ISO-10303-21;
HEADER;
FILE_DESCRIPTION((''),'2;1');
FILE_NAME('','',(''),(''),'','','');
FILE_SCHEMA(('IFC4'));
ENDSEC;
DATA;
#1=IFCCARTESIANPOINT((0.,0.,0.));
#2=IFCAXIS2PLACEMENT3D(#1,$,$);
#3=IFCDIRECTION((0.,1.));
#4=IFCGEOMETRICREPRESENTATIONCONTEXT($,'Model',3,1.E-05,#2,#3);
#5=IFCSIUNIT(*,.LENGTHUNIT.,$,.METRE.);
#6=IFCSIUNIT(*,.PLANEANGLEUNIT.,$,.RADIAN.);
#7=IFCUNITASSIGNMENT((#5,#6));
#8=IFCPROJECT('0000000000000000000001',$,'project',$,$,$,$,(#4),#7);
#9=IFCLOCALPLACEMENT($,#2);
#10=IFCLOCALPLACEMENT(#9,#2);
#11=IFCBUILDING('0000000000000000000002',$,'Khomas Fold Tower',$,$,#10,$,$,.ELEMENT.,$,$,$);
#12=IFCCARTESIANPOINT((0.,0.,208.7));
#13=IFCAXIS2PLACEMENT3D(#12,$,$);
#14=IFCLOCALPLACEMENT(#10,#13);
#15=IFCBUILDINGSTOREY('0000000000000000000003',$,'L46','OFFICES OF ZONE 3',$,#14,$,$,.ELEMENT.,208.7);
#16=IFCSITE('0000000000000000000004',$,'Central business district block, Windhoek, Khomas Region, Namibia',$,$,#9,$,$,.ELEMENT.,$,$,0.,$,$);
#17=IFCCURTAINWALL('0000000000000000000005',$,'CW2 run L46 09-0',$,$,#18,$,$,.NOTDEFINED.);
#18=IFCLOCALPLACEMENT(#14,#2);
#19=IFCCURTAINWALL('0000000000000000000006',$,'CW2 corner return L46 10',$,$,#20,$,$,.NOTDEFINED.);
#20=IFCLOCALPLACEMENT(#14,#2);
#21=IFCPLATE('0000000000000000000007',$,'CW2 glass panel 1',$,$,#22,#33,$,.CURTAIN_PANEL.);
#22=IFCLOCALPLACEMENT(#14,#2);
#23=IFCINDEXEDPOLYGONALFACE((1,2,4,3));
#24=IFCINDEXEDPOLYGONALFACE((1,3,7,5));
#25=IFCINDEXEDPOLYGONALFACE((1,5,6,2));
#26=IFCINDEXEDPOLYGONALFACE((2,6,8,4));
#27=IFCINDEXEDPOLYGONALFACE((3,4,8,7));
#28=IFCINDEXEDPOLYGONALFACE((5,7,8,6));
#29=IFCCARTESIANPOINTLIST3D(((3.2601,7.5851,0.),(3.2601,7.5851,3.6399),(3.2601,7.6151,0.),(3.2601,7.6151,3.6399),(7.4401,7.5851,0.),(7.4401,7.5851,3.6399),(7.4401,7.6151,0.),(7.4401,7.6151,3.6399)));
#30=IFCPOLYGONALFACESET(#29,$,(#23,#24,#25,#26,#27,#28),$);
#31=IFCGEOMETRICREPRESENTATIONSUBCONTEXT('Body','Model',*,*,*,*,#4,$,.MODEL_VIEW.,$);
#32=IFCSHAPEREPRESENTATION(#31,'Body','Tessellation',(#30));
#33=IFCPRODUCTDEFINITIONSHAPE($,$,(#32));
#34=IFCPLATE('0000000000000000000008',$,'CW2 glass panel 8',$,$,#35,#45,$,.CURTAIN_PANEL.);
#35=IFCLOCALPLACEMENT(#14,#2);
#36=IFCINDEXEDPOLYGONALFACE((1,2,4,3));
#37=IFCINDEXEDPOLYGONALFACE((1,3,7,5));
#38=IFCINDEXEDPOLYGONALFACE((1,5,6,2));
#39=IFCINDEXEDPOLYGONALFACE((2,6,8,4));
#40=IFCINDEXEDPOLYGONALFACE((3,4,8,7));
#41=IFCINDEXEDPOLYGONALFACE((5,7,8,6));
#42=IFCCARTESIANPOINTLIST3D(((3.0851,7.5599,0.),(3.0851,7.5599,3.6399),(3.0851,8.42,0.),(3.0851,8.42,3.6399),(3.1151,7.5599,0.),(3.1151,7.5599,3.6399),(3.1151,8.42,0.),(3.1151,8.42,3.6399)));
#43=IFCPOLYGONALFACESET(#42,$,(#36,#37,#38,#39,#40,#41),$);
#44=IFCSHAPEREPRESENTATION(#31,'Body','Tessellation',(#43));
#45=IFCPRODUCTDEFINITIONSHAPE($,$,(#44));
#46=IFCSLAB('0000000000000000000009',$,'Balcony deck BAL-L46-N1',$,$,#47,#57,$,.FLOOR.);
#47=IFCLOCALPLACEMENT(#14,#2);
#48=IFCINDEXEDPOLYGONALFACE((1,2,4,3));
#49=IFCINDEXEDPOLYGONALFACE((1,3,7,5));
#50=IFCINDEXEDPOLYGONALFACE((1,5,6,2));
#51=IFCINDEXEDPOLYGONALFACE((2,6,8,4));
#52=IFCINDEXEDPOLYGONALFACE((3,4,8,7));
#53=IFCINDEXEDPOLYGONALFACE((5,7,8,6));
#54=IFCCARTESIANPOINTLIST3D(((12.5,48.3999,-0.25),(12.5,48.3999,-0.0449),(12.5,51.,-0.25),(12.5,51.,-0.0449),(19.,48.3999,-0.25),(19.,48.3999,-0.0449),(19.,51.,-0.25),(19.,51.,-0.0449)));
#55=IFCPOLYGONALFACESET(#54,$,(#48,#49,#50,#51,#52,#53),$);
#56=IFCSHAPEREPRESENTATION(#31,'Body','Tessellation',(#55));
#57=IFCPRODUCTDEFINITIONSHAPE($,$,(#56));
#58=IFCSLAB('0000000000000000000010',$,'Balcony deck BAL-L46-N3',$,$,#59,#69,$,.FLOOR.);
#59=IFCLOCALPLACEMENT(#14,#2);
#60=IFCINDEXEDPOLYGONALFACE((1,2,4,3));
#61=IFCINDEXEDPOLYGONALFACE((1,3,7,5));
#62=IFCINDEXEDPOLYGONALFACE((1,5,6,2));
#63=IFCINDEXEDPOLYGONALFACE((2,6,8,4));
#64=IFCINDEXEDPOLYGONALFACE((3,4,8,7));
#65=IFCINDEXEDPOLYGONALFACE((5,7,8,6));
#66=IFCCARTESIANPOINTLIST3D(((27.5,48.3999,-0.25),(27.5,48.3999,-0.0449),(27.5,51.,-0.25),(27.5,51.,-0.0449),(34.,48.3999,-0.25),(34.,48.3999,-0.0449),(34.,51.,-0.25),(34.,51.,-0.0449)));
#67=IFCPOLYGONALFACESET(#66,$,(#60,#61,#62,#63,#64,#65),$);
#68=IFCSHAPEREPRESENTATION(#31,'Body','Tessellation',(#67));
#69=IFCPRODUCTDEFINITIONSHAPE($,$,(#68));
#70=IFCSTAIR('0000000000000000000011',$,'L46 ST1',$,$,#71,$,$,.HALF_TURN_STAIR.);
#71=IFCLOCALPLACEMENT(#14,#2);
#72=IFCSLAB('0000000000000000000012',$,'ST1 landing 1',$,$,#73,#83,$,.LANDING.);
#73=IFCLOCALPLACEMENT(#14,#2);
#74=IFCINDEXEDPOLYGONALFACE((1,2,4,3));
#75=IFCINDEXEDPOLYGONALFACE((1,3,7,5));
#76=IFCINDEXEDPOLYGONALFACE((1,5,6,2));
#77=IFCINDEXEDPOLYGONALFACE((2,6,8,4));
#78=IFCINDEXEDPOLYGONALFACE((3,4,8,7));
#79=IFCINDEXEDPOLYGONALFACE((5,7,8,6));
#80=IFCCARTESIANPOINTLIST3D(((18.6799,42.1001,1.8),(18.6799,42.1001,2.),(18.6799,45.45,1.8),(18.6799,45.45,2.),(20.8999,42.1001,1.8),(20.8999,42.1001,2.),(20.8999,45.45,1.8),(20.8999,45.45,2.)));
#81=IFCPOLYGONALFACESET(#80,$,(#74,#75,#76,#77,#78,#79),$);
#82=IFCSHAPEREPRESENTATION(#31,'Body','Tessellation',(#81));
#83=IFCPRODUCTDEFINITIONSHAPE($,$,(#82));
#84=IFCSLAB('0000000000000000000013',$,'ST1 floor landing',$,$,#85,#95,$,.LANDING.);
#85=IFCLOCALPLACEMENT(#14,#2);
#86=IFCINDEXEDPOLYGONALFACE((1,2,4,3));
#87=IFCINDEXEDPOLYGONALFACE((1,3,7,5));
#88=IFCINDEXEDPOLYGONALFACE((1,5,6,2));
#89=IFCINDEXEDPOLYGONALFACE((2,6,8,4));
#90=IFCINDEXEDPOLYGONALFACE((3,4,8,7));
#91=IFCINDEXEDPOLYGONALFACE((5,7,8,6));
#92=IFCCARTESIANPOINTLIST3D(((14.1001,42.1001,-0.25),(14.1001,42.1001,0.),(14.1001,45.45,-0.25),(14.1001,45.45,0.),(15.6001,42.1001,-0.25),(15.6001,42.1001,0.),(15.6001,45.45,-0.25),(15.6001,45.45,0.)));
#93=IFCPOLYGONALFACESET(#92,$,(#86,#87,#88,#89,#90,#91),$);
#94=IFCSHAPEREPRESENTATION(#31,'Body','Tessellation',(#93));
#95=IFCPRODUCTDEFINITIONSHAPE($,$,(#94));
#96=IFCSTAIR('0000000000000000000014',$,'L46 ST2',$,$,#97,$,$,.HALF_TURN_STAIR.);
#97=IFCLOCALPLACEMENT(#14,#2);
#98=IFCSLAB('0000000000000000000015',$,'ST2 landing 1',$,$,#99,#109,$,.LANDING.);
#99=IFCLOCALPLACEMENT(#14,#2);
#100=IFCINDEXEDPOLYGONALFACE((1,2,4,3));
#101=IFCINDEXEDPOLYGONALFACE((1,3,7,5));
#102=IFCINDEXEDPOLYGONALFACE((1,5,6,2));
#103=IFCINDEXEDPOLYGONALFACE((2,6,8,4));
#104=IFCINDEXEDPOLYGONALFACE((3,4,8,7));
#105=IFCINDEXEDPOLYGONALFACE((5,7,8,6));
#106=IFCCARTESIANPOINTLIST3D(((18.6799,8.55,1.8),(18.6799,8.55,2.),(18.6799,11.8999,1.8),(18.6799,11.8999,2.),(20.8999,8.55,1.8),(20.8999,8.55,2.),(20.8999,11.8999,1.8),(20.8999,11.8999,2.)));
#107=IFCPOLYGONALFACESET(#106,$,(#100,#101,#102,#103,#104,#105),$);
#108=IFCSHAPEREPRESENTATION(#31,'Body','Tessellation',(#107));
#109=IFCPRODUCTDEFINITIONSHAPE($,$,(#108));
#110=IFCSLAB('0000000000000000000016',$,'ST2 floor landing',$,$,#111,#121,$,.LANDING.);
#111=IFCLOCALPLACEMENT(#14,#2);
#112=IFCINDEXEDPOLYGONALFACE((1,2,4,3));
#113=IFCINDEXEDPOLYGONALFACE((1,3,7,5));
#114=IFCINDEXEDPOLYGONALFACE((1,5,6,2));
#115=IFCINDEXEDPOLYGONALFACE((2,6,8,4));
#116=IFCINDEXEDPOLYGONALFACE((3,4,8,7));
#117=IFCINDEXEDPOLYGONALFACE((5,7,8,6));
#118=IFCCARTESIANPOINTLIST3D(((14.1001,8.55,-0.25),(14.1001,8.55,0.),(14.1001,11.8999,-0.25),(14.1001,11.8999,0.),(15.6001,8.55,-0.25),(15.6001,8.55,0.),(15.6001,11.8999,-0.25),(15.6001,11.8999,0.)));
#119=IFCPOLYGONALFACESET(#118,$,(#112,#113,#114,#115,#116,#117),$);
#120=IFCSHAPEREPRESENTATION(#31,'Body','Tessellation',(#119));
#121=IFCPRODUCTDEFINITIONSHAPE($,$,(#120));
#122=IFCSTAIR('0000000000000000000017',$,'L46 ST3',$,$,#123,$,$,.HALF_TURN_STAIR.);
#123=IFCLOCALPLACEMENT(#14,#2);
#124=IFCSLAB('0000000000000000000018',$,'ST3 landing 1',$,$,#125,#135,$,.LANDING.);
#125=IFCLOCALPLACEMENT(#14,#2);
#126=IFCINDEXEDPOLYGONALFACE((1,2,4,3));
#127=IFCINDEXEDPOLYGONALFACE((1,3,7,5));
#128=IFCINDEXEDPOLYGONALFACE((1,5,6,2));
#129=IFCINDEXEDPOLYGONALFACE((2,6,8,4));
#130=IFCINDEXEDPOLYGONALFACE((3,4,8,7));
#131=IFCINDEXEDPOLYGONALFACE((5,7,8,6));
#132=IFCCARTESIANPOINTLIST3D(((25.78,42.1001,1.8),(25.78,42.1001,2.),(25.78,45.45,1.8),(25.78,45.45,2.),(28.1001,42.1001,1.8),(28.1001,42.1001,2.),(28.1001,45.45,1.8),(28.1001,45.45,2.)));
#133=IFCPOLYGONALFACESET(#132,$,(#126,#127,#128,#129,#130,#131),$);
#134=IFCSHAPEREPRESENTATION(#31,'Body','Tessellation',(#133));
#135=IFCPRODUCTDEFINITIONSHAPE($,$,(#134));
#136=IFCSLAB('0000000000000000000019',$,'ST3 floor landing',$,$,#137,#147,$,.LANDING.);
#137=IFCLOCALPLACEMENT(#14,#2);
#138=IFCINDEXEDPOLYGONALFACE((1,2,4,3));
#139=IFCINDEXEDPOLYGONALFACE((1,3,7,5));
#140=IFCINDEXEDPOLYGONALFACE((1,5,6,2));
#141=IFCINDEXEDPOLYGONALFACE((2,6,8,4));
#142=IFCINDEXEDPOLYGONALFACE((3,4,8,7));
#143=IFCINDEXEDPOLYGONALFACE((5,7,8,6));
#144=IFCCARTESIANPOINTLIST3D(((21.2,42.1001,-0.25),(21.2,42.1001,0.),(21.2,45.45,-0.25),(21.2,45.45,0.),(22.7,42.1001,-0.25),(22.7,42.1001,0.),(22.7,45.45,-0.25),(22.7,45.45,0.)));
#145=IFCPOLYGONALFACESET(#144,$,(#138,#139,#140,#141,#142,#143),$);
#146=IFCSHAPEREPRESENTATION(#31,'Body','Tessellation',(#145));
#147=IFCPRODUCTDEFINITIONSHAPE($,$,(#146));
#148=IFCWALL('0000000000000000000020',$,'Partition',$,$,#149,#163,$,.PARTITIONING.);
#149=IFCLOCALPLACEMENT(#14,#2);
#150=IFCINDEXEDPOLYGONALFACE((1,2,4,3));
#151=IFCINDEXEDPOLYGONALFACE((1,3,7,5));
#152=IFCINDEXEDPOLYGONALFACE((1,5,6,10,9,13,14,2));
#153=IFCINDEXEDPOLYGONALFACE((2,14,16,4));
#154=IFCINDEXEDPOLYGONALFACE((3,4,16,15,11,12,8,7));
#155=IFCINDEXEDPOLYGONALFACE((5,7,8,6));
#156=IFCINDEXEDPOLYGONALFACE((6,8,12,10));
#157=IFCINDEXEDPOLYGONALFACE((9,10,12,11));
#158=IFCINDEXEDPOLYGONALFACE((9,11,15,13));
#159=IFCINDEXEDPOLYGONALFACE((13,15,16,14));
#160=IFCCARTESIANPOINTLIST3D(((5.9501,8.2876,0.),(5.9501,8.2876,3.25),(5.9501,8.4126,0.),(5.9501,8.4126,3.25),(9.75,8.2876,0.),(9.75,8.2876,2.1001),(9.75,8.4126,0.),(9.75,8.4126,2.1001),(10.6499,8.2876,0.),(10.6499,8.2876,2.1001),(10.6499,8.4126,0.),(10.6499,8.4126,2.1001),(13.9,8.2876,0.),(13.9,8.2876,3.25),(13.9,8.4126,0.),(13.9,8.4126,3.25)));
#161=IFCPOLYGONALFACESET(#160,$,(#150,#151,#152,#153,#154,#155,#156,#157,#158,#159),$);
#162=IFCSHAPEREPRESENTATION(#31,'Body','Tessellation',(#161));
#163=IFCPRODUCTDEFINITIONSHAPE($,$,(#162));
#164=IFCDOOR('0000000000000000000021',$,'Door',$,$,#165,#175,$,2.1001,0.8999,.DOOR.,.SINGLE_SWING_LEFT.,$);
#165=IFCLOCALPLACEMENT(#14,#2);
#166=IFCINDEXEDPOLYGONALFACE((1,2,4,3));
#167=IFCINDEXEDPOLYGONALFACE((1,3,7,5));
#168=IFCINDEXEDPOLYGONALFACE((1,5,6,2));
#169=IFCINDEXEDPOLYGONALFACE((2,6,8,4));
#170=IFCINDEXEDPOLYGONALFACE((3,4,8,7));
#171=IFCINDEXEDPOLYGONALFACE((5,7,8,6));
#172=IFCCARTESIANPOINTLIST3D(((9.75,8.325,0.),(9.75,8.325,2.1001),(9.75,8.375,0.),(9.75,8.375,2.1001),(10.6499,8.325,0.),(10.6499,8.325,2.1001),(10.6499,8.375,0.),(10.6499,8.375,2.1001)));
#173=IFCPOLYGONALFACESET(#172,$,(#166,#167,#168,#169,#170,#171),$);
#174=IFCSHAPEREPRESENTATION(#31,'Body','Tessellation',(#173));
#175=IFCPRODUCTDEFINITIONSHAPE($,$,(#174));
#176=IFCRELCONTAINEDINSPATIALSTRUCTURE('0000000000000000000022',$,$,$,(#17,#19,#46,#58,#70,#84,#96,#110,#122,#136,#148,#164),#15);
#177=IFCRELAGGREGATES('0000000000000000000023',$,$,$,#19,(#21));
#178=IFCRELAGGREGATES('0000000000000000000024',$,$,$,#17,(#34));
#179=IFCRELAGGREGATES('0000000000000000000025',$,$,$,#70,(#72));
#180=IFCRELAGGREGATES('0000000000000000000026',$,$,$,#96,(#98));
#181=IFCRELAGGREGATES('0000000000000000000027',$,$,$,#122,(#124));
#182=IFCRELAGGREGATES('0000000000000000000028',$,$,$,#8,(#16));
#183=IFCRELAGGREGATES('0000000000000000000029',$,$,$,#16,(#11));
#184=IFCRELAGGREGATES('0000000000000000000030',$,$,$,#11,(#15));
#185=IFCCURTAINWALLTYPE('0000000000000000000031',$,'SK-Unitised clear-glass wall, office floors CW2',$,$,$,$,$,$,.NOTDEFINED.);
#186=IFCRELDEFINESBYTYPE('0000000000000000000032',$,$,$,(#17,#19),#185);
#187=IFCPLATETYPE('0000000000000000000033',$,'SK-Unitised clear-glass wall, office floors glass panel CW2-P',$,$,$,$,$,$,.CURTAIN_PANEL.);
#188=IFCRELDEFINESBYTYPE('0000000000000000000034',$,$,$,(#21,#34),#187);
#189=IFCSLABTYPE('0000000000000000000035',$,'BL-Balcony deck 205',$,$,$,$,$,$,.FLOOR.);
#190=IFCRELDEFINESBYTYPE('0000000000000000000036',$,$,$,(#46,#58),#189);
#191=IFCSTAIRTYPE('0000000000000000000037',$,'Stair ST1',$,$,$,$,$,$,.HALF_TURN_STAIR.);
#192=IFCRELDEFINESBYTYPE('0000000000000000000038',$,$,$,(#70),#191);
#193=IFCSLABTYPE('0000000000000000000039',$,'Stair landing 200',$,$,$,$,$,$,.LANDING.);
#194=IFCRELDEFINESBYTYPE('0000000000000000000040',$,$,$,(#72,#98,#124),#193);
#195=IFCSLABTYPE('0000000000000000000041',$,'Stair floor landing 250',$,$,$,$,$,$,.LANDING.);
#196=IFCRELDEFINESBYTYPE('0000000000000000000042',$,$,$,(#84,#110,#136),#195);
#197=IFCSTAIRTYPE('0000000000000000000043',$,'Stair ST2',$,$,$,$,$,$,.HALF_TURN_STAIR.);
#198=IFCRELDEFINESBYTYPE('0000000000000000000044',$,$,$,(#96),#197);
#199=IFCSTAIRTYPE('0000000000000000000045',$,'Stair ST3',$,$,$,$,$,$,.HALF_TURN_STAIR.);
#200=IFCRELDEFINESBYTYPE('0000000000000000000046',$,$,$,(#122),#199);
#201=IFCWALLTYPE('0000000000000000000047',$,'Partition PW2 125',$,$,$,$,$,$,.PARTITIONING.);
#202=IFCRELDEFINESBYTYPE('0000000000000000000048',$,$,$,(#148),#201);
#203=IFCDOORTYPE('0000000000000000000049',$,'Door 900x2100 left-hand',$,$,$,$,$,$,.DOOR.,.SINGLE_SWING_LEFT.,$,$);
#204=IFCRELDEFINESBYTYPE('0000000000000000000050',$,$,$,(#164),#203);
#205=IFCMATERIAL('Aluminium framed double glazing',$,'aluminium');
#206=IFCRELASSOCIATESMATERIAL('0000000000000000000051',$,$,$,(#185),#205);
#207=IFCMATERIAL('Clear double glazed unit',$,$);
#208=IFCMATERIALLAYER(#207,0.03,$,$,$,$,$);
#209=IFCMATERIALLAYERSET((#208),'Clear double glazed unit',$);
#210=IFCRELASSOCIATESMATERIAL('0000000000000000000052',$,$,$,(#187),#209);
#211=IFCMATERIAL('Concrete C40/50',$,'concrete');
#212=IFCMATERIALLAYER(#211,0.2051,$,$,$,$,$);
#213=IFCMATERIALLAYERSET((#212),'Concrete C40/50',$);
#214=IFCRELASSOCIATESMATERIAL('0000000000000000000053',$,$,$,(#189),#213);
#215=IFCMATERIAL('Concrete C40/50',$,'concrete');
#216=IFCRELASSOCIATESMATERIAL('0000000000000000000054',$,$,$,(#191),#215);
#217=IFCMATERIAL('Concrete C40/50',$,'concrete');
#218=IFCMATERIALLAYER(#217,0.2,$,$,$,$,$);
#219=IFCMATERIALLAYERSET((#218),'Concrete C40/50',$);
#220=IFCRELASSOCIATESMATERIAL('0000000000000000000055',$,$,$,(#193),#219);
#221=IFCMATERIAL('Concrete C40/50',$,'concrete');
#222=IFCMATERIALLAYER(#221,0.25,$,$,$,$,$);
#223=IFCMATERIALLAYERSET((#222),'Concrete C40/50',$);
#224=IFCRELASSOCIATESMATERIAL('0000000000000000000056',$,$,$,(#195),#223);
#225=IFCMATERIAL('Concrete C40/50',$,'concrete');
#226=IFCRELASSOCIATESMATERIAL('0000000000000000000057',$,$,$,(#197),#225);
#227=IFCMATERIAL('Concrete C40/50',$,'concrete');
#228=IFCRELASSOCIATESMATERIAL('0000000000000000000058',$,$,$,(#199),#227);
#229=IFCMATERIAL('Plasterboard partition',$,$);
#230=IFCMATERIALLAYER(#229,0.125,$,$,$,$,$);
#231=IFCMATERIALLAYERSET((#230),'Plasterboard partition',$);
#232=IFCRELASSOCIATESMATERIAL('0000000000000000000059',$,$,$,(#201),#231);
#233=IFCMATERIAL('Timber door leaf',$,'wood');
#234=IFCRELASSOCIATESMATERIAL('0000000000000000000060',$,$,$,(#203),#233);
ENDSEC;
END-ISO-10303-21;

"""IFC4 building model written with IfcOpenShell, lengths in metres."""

from ifc_helpers import new_model, si_unit, direction, frame, frame_2d, origin, origin_2d, place, context, subcontext, project, spatial, polyline, rectangle, outline, extrude, source, transform, mapped, material, layer, layer_set, type_object, element, fill, aggregate, save


model = new_model("IFC4")

# Units and contexts
model_context = context("Model", 3, precision=1e-05, world=origin(), true_north=direction((0.0, 1.0)))
body_context = subcontext(model_context, "Body", "Model", "MODEL_VIEW")
ifc_project = project(units=[si_unit("LENGTHUNIT", "METRE"), si_unit("PLANEANGLEUNIT", "RADIAN")], contexts=[model_context])

# Site, building, storey
site_placement = place(None, origin())
site = spatial("IfcSite", under=ifc_project, at=site_placement, Name="Central business district block, Windhoek, Khomas Region, Namibia", CompositionType="ELEMENT", RefElevation=0.0)
building_placement = place(site_placement, origin())
building = spatial("IfcBuilding", under=site, at=building_placement, Name="Khomas Fold Tower", CompositionType="ELEMENT")
storey_placement = place(building_placement, frame((0.0, 0.0, 208.7)))
storey = spatial("IfcBuildingStorey", under=building, at=storey_placement, Name="L46", Description="OFFICES OF ZONE 3", CompositionType="ELEMENT", Elevation=208.7)

# Curtain walls
ifc_material_1 = material(Name="Aluminium framed double glazing", Category="aluminium")
curtain_wall_type = type_object("IfcCurtainWallType", Name="SK-Unitised clear-glass wall, office floors CW2", PredefinedType="NOTDEFINED", material=ifc_material_1)
curtain_wall_1_placement = place(storey_placement, origin())
curtain_wall_1 = element("IfcCurtainWall", 1, at=curtain_wall_1_placement, inside=storey, type_object=curtain_wall_type, Name="CW2 run L46 09-0", PredefinedType="NOTDEFINED")
curtain_wall_2_placement = place(storey_placement, origin())
curtain_wall_2 = element("IfcCurtainWall", 2, at=curtain_wall_2_placement, inside=storey, type_object=curtain_wall_type, Name="CW2 corner return L46 10", PredefinedType="NOTDEFINED")

# Plates
ifc_material_2 = material(Name="Clear double glazed unit")
ifc_layer_1 = layer(ifc_material_2, 0.03)
ifc_layer_set_1 = layer_set([ifc_layer_1], Name="Clear double glazed unit")
plate_type = type_object("IfcPlateType", Name="SK-Unitised clear-glass wall, office floors glass panel CW2-P", PredefinedType="CURTAIN_PANEL", material=ifc_layer_set_1)
shared_shape_1 = source(origin(), body_context, "Body", "SweptSolid", [
    extrude(rectangle(XDim=4.1799, YDim=0.03, at=origin_2d()), origin(), (0.0, 0.0, 1.0), 3.6399),
])
plate_1_placement = place(storey_placement, frame((5.3501, 7.6001, 0.0), z_axis=(0.0, 0.0, 1.0), x_axis=(1.0, 0.0, 0.0)))
plate_1 = element("IfcPlate", 3, at=plate_1_placement, type_object=plate_type, Name="CW2 glass panel 1", PredefinedType="CURTAIN_PANEL", context=body_context, shape_type="MappedRepresentation", body=[
    mapped(shared_shape_1, transform((0.0, 0.0, 0.0))),
])
aggregate(curtain_wall_2, [plate_1])
shared_shape_2 = source(origin(), body_context, "Body", "SweptSolid", [
    extrude(rectangle(XDim=0.8601, YDim=0.03, at=origin_2d()), origin(), (0.0, 0.0, 1.0), 3.6399),
])
plate_2_placement = place(storey_placement, frame((3.1001, 7.99, 0.0), z_axis=(0.0, 0.0, 1.0), x_axis=(0.0, -1.0, 0.0)))
plate_2 = element("IfcPlate", 4, at=plate_2_placement, type_object=plate_type, Name="CW2 glass panel 8", PredefinedType="CURTAIN_PANEL", context=body_context, shape_type="MappedRepresentation", body=[
    mapped(shared_shape_2, transform((0.0, 0.0, 0.0))),
])
aggregate(curtain_wall_1, [plate_2])

# Slabs
ifc_material_3 = material(Name="Concrete C40/50", Category="concrete")
ifc_layer_2 = layer(ifc_material_3, 0.2051)
ifc_layer_set_2 = layer_set([ifc_layer_2], Name="Concrete C40/50")
slab_type_1 = type_object("IfcSlabType", Name="BL-Balcony deck 205", PredefinedType="FLOOR", material=ifc_layer_set_2)
shared_shape_3 = source(origin(), body_context, "Body", "SweptSolid", [
    extrude(outline(polyline([(12.5, 48.3999), (19.0, 48.3999), (19.0, 51.0), (12.5, 51.0), (12.5, 48.3999)])), origin(), (0.0, 0.0, 1.0), 0.2051),
])
slab_1_placement = place(storey_placement, frame((0.0, 0.0, -0.25)))
element("IfcSlab", 5, at=slab_1_placement, inside=storey, type_object=slab_type_1, Name="Balcony deck BAL-L46-N1", PredefinedType="FLOOR", context=body_context, shape_type="MappedRepresentation", body=[
    mapped(shared_shape_3, transform((0.0, 0.0, 0.0))),
])
shared_shape_4 = source(origin(), body_context, "Body", "SweptSolid", [
    extrude(outline(polyline([(27.5, 48.3999), (34.0, 48.3999), (34.0, 51.0), (27.5, 51.0), (27.5, 48.3999)])), origin(), (0.0, 0.0, 1.0), 0.2051),
])
slab_2_placement = place(storey_placement, frame((0.0, 0.0, -0.25)))
element("IfcSlab", 6, at=slab_2_placement, inside=storey, type_object=slab_type_1, Name="Balcony deck BAL-L46-N3", PredefinedType="FLOOR", context=body_context, shape_type="MappedRepresentation", body=[
    mapped(shared_shape_4, transform((0.0, 0.0, 0.0))),
])

# Stair, slab
ifc_material_4 = material(Name="Concrete C40/50", Category="concrete")
stair_type_1 = type_object("IfcStairType", Name="Stair ST1", PredefinedType="HALF_TURN_STAIR", material=ifc_material_4)
stair_1_placement = place(storey_placement, origin())
stair_1 = element("IfcStair", 7, at=stair_1_placement, inside=storey, type_object=stair_type_1, Name="L46 ST1", PredefinedType="HALF_TURN_STAIR")
ifc_material_5 = material(Name="Concrete C40/50", Category="concrete")
ifc_layer_3 = layer(ifc_material_5, 0.2)
ifc_layer_set_3 = layer_set([ifc_layer_3], Name="Concrete C40/50")
slab_type_2 = type_object("IfcSlabType", Name="Stair landing 200", PredefinedType="LANDING", material=ifc_layer_set_3)
shared_shape_5 = source(origin(), body_context, "Body", "SweptSolid", [
    extrude(outline(polyline([(18.6799, 42.1001), (20.8999, 42.1001), (20.8999, 45.45), (18.6799, 45.45), (18.6799, 42.1001)])), origin(), (0.0, 0.0, 1.0), 0.2),
])
slab_3_placement = place(storey_placement, frame((0.0, 0.0, 1.8)))
slab_3 = element("IfcSlab", 8, at=slab_3_placement, type_object=slab_type_2, Name="ST1 landing 1", PredefinedType="LANDING", context=body_context, shape_type="MappedRepresentation", body=[
    mapped(shared_shape_5, transform((0.0, 0.0, 0.0))),
])
aggregate(stair_1, [slab_3])

# Slab
ifc_material_6 = material(Name="Concrete C40/50", Category="concrete")
ifc_layer_4 = layer(ifc_material_6, 0.25)
ifc_layer_set_4 = layer_set([ifc_layer_4], Name="Concrete C40/50")
slab_type_3 = type_object("IfcSlabType", Name="Stair floor landing 250", PredefinedType="LANDING", material=ifc_layer_set_4)
shared_shape_6 = source(origin(), body_context, "Body", "SweptSolid", [
    extrude(outline(polyline([(15.6001, 42.1001), (14.1001, 42.1001), (14.1001, 45.45), (15.6001, 45.45), (15.6001, 42.1001)])), origin(), (0.0, 0.0, 1.0), 0.25),
])
slab_4_placement = place(storey_placement, frame((0.0, 0.0, -0.25)))
element("IfcSlab", 9, at=slab_4_placement, inside=storey, type_object=slab_type_3, Name="ST1 floor landing", PredefinedType="LANDING", context=body_context, shape_type="MappedRepresentation", body=[
    mapped(shared_shape_6, transform((0.0, 0.0, 0.0))),
])

# Stair, slab
ifc_material_7 = material(Name="Concrete C40/50", Category="concrete")
stair_type_2 = type_object("IfcStairType", Name="Stair ST2", PredefinedType="HALF_TURN_STAIR", material=ifc_material_7)
stair_2_placement = place(storey_placement, origin())
stair_2 = element("IfcStair", 10, at=stair_2_placement, inside=storey, type_object=stair_type_2, Name="L46 ST2", PredefinedType="HALF_TURN_STAIR")
shared_shape_7 = source(origin(), body_context, "Body", "SweptSolid", [
    extrude(outline(polyline([(18.6799, 8.55), (20.8999, 8.55), (20.8999, 11.8999), (18.6799, 11.8999), (18.6799, 8.55)])), origin(), (0.0, 0.0, 1.0), 0.2),
])
slab_5_placement = place(storey_placement, frame((0.0, 0.0, 1.8)))
slab_5 = element("IfcSlab", 11, at=slab_5_placement, type_object=slab_type_2, Name="ST2 landing 1", PredefinedType="LANDING", context=body_context, shape_type="MappedRepresentation", body=[
    mapped(shared_shape_7, transform((0.0, 0.0, 0.0))),
])
aggregate(stair_2, [slab_5])

# Slab
shared_shape_8 = source(origin(), body_context, "Body", "SweptSolid", [
    extrude(outline(polyline([(15.6001, 8.55), (14.1001, 8.55), (14.1001, 11.8999), (15.6001, 11.8999), (15.6001, 8.55)])), origin(), (0.0, 0.0, 1.0), 0.25),
])
slab_6_placement = place(storey_placement, frame((0.0, 0.0, -0.25)))
element("IfcSlab", 12, at=slab_6_placement, inside=storey, type_object=slab_type_3, Name="ST2 floor landing", PredefinedType="LANDING", context=body_context, shape_type="MappedRepresentation", body=[
    mapped(shared_shape_8, transform((0.0, 0.0, 0.0))),
])

# Stair, slab
ifc_material_8 = material(Name="Concrete C40/50", Category="concrete")
stair_type_3 = type_object("IfcStairType", Name="Stair ST3", PredefinedType="HALF_TURN_STAIR", material=ifc_material_8)
stair_3_placement = place(storey_placement, origin())
stair_3 = element("IfcStair", 13, at=stair_3_placement, inside=storey, type_object=stair_type_3, Name="L46 ST3", PredefinedType="HALF_TURN_STAIR")
shared_shape_9 = source(origin(), body_context, "Body", "SweptSolid", [
    extrude(outline(polyline([(25.78, 42.1001), (28.1001, 42.1001), (28.1001, 45.45), (25.78, 45.45), (25.78, 42.1001)])), origin(), (0.0, 0.0, 1.0), 0.2),
])
slab_7_placement = place(storey_placement, frame((0.0, 0.0, 1.8)))
slab_7 = element("IfcSlab", 14, at=slab_7_placement, type_object=slab_type_2, Name="ST3 landing 1", PredefinedType="LANDING", context=body_context, shape_type="MappedRepresentation", body=[
    mapped(shared_shape_9, transform((0.0, 0.0, 0.0))),
])
aggregate(stair_3, [slab_7])

# Slab
shared_shape_10 = source(origin(), body_context, "Body", "SweptSolid", [
    extrude(outline(polyline([(22.7, 42.1001), (21.2, 42.1001), (21.2, 45.45), (22.7, 45.45), (22.7, 42.1001)])), origin(), (0.0, 0.0, 1.0), 0.25),
])
slab_8_placement = place(storey_placement, frame((0.0, 0.0, -0.25)))
element("IfcSlab", 15, at=slab_8_placement, inside=storey, type_object=slab_type_3, Name="ST3 floor landing", PredefinedType="LANDING", context=body_context, shape_type="MappedRepresentation", body=[
    mapped(shared_shape_10, transform((0.0, 0.0, 0.0))),
])

# Wall, opening, door
ifc_material_9 = material(Name="Plasterboard partition")
ifc_layer_5 = layer(ifc_material_9, 0.125)
ifc_layer_set_5 = layer_set([ifc_layer_5], Name="Plasterboard partition")
wall_type = type_object("IfcWallType", Name="Partition PW2 125", PredefinedType="PARTITIONING", material=ifc_layer_set_5)
shared_shape_11 = source(origin(), body_context, "Body", "SweptSolid", [
    extrude(rectangle(XDim=7.95, YDim=0.125, at=frame_2d((3.9751, 0.0))), origin(), (0.0, 0.0, 1.0), 3.25),
])
wall_1_placement = place(storey_placement, frame((5.95, 8.3501, 0.0), z_axis=(0.0, 0.0, 1.0), x_axis=(1.0, 0.0, 0.0)))
wall_1 = element("IfcWall", 16, at=wall_1_placement, inside=storey, type_object=wall_type, Name="Partition", PredefinedType="PARTITIONING", context=body_context, shape_type="MappedRepresentation", body=[
    mapped(shared_shape_11, transform((0.0, 0.0, 0.0))),
])
shared_shape_12 = source(origin(), body_context, "Body", "SweptSolid", [
    extrude(rectangle(XDim=0.8999, YDim=2.1001, at=frame_2d((0.45, 1.05))), frame((0.0, 0.0725, 0.0), z_axis=(0.0, -1.0, 0.0), x_axis=(1.0, 0.0, 0.0)), (0.0, 0.0, 1.0), 0.145),
])
opening_placement = place(wall_1_placement, frame((3.8, 0.0, 0.0)))
opening = element("IfcOpeningElement", 17, at=opening_placement, cuts=wall_1, PredefinedType="OPENING", context=body_context, shape_type="MappedRepresentation", body=[
    mapped(shared_shape_12, transform((0.0, 0.0, 0.0))),
])
ifc_material_10 = material(Name="Timber door leaf", Category="wood")
door_type = type_object("IfcDoorType", Name="Door 900x2100 left-hand", OperationType="SINGLE_SWING_LEFT", PredefinedType="DOOR", material=ifc_material_10)
shared_shape_13 = source(origin(), body_context, "Body", "SweptSolid", [
    extrude(rectangle(XDim=0.8999, YDim=2.1001, at=frame_2d((0.45, 1.05))), frame((0.0, 0.0249, 0.0), z_axis=(0.0, -1.0, 0.0), x_axis=(1.0, 0.0, 0.0)), (0.0, 0.0, 1.0), 0.05),
])
door_placement = place(opening_placement, origin())
door = element("IfcDoor", 18, at=door_placement, inside=storey, type_object=door_type, Name="Door", OperationType="SINGLE_SWING_LEFT", OverallHeight=2.1001, OverallWidth=0.8999, PredefinedType="DOOR", context=body_context, shape_type="MappedRepresentation", body=[
    mapped(shared_shape_13, transform((0.0, 0.0, 0.0))),
])
fill(opening, door)

save(model, "model.ifc")
